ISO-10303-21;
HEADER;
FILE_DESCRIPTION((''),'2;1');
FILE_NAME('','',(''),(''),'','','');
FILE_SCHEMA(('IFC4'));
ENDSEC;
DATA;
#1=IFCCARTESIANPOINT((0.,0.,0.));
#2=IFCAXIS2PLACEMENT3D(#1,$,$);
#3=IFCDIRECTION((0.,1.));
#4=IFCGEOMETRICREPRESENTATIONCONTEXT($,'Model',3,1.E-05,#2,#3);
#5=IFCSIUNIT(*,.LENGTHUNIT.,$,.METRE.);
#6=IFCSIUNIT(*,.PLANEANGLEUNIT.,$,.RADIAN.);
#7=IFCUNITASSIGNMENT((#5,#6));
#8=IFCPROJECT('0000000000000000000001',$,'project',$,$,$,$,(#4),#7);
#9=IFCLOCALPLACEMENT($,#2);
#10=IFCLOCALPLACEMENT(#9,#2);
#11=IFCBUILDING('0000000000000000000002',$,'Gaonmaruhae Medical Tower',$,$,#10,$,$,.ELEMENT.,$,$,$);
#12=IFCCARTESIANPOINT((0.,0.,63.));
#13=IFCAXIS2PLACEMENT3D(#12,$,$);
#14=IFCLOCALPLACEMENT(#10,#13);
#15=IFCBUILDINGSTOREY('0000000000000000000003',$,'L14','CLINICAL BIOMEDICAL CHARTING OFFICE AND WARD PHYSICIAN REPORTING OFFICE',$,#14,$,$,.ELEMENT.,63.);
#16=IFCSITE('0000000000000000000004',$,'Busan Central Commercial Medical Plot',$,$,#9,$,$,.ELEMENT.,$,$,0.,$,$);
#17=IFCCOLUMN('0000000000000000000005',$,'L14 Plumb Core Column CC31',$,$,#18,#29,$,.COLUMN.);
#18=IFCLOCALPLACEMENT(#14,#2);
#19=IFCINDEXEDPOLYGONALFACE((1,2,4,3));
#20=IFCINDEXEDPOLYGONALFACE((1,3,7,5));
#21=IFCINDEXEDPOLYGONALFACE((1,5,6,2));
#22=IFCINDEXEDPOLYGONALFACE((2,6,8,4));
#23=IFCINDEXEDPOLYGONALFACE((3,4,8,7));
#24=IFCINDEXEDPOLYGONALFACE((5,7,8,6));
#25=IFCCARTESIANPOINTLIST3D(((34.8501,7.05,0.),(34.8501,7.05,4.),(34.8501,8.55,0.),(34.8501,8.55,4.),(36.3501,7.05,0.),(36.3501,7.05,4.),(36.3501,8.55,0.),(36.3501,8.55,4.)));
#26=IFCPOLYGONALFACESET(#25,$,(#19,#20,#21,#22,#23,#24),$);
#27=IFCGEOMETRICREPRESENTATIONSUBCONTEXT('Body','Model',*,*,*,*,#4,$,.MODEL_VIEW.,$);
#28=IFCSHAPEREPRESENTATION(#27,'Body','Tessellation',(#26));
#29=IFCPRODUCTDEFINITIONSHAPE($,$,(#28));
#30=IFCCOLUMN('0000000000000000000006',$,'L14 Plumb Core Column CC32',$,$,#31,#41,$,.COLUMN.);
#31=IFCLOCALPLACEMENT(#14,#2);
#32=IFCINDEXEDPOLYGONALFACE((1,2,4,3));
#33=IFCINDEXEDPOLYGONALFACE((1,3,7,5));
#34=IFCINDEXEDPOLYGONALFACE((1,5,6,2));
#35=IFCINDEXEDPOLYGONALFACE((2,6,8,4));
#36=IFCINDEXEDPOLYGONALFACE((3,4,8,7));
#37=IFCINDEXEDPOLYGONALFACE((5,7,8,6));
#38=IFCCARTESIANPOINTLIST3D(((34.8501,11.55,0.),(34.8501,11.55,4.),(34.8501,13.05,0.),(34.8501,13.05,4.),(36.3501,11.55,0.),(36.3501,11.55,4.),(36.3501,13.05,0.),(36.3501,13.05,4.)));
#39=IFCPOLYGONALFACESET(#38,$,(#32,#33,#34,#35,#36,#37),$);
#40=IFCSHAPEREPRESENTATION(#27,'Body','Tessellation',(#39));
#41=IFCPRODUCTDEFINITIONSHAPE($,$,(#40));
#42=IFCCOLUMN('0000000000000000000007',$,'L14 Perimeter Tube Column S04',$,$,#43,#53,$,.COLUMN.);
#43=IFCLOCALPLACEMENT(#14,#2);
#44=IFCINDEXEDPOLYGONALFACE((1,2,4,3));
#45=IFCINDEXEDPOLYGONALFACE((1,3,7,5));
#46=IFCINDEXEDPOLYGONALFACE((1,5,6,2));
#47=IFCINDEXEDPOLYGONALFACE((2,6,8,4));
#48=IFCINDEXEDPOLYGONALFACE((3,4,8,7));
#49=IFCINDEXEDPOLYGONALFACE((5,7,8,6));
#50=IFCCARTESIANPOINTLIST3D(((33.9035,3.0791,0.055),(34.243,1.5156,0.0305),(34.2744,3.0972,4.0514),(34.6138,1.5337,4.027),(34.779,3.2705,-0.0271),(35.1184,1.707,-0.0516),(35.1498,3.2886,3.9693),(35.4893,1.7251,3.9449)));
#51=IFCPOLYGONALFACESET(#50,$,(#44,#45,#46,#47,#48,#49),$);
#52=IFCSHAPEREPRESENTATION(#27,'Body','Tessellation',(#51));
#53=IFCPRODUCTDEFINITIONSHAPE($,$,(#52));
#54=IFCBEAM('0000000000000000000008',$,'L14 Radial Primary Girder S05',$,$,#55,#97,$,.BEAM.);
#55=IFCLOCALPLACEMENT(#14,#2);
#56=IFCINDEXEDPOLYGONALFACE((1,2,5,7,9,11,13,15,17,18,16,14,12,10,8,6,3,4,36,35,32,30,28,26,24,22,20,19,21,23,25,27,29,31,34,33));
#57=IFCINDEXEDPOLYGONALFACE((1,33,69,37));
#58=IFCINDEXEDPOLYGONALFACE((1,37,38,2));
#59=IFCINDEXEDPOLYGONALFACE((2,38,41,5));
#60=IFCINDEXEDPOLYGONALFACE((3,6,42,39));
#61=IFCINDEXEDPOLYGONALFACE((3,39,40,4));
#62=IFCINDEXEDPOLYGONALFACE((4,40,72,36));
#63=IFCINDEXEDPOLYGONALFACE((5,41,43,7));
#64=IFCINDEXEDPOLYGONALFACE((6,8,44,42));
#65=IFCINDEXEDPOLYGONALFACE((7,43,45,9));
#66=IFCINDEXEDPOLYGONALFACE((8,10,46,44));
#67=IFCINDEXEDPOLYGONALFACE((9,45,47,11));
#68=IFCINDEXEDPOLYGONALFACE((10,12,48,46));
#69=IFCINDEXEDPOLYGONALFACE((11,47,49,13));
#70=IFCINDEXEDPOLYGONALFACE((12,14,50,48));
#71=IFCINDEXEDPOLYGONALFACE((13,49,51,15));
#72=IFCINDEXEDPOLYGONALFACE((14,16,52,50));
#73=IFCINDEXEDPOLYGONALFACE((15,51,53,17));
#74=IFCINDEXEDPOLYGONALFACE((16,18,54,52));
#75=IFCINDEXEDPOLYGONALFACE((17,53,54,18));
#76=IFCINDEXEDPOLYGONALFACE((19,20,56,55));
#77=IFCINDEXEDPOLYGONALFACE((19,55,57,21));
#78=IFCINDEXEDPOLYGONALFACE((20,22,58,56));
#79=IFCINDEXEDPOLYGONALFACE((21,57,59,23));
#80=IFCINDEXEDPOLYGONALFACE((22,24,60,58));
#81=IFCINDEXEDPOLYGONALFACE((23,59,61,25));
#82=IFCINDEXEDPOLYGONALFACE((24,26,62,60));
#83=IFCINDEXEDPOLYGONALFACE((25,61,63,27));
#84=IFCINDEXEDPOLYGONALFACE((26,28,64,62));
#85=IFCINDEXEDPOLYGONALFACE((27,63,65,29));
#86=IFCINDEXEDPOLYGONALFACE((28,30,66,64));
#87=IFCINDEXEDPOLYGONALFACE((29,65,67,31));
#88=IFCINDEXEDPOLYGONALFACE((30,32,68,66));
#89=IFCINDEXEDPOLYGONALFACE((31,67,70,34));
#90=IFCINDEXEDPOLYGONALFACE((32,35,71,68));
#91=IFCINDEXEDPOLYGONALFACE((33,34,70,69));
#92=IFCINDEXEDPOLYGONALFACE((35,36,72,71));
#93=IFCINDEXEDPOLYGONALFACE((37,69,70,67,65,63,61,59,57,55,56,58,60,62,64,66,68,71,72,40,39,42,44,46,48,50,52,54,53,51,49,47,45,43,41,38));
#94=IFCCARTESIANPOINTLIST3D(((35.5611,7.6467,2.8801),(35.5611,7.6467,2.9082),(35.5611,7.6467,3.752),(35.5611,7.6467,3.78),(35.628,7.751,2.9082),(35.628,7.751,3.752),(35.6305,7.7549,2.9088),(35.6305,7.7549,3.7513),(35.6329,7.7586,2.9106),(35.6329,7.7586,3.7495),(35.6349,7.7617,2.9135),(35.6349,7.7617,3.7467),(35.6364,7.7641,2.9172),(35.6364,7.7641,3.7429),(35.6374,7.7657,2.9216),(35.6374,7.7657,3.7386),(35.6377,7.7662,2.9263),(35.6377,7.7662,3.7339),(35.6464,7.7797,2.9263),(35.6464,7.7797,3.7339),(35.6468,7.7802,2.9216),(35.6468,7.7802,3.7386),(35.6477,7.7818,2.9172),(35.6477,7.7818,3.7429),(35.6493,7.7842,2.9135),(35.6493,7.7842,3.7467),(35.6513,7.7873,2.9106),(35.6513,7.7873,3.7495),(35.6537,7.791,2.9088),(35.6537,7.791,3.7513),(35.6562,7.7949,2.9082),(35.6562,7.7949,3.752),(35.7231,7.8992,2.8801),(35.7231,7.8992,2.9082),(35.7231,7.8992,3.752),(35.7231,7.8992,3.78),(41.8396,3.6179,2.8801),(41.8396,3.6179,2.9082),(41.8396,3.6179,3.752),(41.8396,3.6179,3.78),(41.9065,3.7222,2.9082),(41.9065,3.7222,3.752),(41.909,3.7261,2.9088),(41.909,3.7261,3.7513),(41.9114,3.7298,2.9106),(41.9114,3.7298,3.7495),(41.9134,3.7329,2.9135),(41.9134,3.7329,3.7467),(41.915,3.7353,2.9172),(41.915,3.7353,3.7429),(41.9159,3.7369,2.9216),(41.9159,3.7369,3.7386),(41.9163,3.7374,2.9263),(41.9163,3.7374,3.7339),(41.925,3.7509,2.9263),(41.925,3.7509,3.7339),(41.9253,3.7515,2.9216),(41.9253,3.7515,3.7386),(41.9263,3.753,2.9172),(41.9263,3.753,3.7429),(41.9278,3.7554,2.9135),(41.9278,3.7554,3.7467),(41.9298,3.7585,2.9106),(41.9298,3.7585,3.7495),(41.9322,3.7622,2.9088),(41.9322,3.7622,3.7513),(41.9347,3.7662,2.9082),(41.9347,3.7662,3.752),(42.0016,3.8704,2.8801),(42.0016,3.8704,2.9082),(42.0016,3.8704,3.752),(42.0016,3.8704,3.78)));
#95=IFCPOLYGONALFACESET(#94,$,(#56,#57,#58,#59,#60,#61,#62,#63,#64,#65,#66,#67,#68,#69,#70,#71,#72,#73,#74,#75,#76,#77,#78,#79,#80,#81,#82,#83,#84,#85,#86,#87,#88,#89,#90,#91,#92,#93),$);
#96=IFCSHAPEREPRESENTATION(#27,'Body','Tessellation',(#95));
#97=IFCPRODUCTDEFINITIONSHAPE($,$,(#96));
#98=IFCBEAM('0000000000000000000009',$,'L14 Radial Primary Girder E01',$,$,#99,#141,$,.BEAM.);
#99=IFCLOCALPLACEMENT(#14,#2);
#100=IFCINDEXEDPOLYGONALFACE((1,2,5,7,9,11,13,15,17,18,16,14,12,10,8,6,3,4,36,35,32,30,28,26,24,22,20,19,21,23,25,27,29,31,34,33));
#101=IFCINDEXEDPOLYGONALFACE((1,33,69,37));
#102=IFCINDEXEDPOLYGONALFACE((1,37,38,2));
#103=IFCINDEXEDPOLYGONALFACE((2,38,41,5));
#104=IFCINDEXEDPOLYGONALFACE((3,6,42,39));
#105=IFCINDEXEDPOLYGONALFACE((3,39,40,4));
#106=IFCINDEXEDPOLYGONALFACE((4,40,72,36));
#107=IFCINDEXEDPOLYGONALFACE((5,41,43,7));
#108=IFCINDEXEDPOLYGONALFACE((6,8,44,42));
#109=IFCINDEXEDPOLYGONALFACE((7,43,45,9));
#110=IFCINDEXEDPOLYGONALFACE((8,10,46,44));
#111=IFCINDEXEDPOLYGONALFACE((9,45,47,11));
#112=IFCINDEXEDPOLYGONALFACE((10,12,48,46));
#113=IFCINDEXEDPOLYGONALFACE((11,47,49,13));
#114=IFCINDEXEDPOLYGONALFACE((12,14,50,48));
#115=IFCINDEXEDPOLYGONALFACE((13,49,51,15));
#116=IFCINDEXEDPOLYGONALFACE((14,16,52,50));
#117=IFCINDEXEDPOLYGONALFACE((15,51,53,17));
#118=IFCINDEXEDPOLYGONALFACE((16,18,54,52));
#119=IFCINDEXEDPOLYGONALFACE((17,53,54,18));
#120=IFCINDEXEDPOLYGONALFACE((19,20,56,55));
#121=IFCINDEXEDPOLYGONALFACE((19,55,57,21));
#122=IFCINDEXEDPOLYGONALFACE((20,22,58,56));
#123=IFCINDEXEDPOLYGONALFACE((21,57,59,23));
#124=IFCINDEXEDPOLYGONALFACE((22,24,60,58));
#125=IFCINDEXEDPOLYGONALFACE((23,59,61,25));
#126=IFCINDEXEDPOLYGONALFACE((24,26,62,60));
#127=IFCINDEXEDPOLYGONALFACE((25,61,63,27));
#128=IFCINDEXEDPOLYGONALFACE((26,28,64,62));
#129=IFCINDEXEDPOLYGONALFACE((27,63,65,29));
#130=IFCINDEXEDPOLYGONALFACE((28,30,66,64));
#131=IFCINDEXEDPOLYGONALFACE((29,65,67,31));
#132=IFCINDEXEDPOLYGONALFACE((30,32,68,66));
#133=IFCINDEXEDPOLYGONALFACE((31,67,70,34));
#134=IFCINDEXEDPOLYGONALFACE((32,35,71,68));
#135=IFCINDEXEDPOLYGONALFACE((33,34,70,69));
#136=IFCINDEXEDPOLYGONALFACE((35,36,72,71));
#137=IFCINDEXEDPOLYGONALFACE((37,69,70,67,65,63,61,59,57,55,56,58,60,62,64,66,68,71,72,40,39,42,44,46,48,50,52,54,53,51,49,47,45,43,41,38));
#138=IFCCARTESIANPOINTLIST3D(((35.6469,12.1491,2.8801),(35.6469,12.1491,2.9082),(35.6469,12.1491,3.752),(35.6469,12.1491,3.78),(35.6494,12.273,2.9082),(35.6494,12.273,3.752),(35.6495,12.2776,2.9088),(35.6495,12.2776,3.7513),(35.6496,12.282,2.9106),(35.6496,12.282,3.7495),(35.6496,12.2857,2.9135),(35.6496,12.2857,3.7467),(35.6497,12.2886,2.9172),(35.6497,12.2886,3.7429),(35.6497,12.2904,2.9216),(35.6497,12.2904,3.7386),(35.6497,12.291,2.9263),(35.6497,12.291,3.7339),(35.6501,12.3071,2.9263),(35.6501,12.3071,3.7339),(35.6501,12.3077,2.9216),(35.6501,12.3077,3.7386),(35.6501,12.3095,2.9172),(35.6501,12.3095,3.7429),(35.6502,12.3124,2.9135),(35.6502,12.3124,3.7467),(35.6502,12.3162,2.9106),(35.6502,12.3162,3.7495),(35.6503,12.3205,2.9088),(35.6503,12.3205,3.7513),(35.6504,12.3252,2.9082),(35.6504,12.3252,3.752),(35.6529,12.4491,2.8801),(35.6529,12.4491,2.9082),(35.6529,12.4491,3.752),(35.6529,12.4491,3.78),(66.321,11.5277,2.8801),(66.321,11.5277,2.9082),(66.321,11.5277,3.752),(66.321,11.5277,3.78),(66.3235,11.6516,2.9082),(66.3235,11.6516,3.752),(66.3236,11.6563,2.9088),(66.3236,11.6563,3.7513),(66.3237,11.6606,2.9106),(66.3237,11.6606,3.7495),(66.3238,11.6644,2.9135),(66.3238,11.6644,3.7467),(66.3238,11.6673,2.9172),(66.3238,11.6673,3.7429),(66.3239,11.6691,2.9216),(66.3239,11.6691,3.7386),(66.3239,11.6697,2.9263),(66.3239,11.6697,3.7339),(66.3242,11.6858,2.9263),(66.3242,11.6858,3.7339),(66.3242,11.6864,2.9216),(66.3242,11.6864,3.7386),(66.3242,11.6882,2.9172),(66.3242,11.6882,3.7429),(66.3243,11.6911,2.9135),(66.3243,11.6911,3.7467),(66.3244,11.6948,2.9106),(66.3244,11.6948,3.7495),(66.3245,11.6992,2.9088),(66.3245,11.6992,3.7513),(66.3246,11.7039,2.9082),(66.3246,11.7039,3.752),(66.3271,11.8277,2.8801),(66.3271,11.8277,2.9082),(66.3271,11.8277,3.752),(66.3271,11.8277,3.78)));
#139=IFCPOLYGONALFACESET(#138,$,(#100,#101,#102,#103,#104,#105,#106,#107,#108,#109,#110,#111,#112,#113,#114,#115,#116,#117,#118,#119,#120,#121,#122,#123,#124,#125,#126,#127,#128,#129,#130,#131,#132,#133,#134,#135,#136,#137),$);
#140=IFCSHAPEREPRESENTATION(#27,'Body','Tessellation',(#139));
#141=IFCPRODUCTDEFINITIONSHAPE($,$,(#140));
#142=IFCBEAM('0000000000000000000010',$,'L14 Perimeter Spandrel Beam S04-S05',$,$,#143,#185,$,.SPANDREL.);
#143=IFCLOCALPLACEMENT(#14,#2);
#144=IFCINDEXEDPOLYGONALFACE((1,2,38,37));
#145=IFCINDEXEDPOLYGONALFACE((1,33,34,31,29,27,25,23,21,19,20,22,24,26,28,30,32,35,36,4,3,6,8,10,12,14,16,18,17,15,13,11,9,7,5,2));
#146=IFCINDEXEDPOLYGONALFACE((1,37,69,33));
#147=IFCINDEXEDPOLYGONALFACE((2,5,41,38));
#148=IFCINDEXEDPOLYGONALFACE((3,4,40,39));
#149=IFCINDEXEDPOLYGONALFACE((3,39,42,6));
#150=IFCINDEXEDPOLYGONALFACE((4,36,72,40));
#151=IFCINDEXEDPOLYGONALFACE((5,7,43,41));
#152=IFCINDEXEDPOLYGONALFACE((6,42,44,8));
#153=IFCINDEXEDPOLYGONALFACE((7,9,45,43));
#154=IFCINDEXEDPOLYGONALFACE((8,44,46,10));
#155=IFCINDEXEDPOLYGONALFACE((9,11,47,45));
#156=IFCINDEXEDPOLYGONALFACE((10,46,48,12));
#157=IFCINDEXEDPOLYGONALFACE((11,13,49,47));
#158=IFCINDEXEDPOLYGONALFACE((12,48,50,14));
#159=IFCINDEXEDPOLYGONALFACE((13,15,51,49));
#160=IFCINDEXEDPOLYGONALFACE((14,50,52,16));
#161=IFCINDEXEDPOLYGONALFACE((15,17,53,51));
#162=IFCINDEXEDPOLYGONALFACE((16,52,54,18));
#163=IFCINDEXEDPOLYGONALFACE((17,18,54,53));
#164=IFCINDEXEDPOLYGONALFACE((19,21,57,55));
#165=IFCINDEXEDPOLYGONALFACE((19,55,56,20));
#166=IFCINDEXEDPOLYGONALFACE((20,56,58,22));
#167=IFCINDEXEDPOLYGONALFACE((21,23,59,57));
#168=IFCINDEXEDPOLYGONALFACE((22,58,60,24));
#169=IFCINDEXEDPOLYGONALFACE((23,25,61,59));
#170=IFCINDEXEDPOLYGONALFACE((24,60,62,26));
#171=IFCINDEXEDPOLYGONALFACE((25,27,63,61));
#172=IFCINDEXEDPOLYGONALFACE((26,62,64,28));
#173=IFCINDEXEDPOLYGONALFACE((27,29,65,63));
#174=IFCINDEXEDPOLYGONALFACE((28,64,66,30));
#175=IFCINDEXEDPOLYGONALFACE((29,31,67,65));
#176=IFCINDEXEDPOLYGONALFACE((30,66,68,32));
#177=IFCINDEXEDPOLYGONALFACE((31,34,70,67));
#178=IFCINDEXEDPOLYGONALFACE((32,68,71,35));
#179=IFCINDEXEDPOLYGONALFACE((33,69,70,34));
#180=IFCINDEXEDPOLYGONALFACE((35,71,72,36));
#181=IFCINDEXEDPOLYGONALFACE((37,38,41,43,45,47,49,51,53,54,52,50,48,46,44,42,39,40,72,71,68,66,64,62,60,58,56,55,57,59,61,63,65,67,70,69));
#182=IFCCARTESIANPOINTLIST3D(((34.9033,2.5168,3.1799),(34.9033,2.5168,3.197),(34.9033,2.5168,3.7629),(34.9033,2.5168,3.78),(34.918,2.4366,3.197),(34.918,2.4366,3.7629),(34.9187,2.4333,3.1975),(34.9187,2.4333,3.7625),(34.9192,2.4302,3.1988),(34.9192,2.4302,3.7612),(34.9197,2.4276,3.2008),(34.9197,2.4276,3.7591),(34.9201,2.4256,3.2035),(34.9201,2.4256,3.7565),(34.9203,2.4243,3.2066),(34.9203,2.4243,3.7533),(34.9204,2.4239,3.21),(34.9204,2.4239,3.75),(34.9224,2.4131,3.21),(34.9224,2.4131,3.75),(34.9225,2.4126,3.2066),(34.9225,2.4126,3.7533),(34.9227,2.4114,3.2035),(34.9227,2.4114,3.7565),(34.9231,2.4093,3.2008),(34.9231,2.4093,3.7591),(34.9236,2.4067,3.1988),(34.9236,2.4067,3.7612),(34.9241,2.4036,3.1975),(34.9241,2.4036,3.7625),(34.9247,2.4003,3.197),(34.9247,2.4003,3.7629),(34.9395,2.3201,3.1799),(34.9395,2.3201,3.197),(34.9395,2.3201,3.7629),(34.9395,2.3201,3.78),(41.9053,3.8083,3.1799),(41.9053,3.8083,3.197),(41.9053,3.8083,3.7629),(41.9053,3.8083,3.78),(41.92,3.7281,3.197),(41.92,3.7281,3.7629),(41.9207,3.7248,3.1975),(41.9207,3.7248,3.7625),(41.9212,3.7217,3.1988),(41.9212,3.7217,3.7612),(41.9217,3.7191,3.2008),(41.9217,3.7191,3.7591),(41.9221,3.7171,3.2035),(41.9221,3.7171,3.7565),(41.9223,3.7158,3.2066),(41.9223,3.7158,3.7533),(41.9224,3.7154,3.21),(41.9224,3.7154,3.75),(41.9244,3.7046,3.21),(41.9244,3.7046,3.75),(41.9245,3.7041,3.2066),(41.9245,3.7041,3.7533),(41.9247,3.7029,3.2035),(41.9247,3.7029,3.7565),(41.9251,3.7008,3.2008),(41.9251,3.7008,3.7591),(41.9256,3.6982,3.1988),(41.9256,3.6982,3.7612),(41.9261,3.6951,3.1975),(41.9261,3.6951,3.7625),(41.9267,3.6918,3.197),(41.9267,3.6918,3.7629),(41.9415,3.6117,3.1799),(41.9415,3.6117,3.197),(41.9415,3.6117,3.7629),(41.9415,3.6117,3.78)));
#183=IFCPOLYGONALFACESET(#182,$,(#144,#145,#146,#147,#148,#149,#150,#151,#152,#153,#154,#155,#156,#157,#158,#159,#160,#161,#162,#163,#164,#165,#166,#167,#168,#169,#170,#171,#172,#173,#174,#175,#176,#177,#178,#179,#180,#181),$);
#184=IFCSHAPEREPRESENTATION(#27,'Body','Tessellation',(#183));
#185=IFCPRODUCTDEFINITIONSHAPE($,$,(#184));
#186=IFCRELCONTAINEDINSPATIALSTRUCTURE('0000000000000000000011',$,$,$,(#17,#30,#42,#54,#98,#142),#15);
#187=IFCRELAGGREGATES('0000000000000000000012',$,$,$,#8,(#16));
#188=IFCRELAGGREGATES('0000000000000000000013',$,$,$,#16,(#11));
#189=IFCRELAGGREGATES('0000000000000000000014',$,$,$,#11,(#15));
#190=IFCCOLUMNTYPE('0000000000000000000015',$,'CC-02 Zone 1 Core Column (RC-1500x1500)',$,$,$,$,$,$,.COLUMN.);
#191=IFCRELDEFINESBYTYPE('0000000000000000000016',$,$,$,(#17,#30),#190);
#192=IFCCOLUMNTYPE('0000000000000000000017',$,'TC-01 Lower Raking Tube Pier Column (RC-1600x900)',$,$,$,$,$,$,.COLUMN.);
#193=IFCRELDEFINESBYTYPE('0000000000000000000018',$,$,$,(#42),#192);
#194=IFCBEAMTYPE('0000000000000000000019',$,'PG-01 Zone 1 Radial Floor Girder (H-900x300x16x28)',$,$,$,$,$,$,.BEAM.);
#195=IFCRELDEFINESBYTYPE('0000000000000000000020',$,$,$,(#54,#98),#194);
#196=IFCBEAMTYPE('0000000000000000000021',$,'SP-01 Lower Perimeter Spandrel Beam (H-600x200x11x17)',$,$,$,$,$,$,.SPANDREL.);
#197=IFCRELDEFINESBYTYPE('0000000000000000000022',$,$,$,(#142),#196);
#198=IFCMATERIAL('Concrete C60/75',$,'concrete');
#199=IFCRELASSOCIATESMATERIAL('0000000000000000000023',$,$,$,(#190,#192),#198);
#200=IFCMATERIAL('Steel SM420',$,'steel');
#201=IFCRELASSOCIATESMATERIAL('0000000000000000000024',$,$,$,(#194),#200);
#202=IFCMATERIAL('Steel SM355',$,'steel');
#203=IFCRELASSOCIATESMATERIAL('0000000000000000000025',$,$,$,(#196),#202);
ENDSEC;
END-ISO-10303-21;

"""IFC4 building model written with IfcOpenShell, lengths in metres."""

from ifc_helpers import new_model, si_unit, direction, frame, origin, origin_2d, place, context, subcontext, project, spatial, rectangle, i_section, extrude, material, material_profile, profile_set, type_object, element, save


model = new_model("IFC4")

# Units and contexts
model_context = context("Model", 3, precision=1e-05, world=origin(), true_north=direction((0.0, 1.0)))
body_context = subcontext(model_context, "Body", "Model", "MODEL_VIEW")
ifc_project = project(units=[si_unit("LENGTHUNIT", "METRE"), si_unit("PLANEANGLEUNIT", "RADIAN")], contexts=[model_context])

# Site, building, storey
site_placement = place(None, origin())
site = spatial("IfcSite", under=ifc_project, at=site_placement, Name="Busan Central Commercial Medical Plot", CompositionType="ELEMENT", RefElevation=0.0)
building_placement = place(site_placement, origin())
building = spatial("IfcBuilding", under=site, at=building_placement, Name="Gaonmaruhae Medical Tower", CompositionType="ELEMENT")
storey_placement = place(building_placement, frame((0.0, 0.0, 63.0)))
storey = spatial("IfcBuildingStorey", under=building, at=storey_placement, Name="L14", Description="CLINICAL BIOMEDICAL CHARTING OFFICE AND WARD PHYSICIAN REPORTING OFFICE", CompositionType="ELEMENT", Elevation=63.0)

# Columns
ifc_material_1 = material(Name="Concrete C60/75", Category="concrete")
ifc_material_profile_1 = material_profile(ifc_material_1, rectangle(XDim=1.5, YDim=1.5, at=origin_2d()), Name="RC-1500x1500")
ifc_profile_set_1 = profile_set([ifc_material_profile_1], Name="Concrete C60/75")
column_type_1 = type_object("IfcColumnType", Name="CC-02 Zone 1 Core Column (RC-1500x1500)", PredefinedType="COLUMN", material=ifc_profile_set_1)
for number, where, z_axis, x_axis, name in (
    (1, (35.6001, 7.8, 0.0), (0.0, 0.0, 1.0), (1.0, 0.0, 0.0), "L14 Plumb Core Column CC31"),
    (2, (35.6001, 12.3, 0.0), (0.0, 0.0, 1.0), (1.0, 0.0, 0.0), "L14 Plumb Core Column CC32"),
):
    element("IfcColumn", number, at=place(storey_placement, frame(where, z_axis=z_axis, x_axis=x_axis)), inside=storey, type_object=column_type_1, Name=name, PredefinedType="COLUMN", context=body_context, shape_type="SweptSolid", body=[
        extrude(rectangle(XDim=1.5, YDim=1.5, at=origin_2d()), origin(), (0.0, 0.0, 1.0), 4.0),
    ])
ifc_material_profile_2 = material_profile(ifc_material_1, rectangle(XDim=1.6001, YDim=0.8999, at=origin_2d()), Name="RC-1600x900")
ifc_profile_set_2 = profile_set([ifc_material_profile_2], Name="Concrete C60/75")
column_type_2 = type_object("IfcColumnType", Name="TC-01 Lower Raking Tube Pier Column (RC-1600x900)", PredefinedType="COLUMN", material=ifc_profile_set_2)
column_placement = place(storey_placement, frame((34.511, 2.3931, 0.0017), z_axis=(0.092394, 0.004501, 0.995712), x_axis=(-0.212137, 0.977121, 0.015267)))
element("IfcColumn", 3, at=column_placement, inside=storey, type_object=column_type_2, Name="L14 Perimeter Tube Column S04", PredefinedType="COLUMN", context=body_context, shape_type="SweptSolid", body=[
    extrude(rectangle(XDim=1.6001, YDim=0.8999, at=origin_2d()), origin(), (0.0, 0.0, 1.0), 4.0137),
])

# Beams
ifc_material_2 = material(Name="Steel SM420", Category="steel")
ifc_material_profile_3 = material_profile(ifc_material_2, i_section(OverallWidth=0.3, OverallDepth=0.8999, WebThickness=0.0161, FlangeThickness=0.0281, FilletRadius=0.0181, at=origin_2d()), Name="H-900x300x16x28")
ifc_profile_set_3 = profile_set([ifc_material_profile_3], Name="Steel SM420")
beam_type_1 = type_object("IfcBeamType", Name="PG-01 Zone 1 Radial Floor Girder (H-900x300x16x28)", PredefinedType="BEAM", material=ifc_profile_set_3)
beam_1_placement = place(storey_placement, frame((35.6421, 7.7729, 3.3301), z_axis=(0.84163, -0.540054, 0.0), x_axis=(0.540054, 0.84163, 0.0)))
element("IfcBeam", 4, at=beam_1_placement, inside=storey, type_object=beam_type_1, Name="L14 Radial Primary Girder S05", PredefinedType="BEAM", context=body_context, shape_type="SweptSolid", body=[
    extrude(i_section(OverallWidth=0.3, OverallDepth=0.8999, WebThickness=0.0161, FlangeThickness=0.0281, FilletRadius=0.0181, at=origin_2d()), origin(), (0.0, 0.0, 1.0), 7.46),
])
beam_2_placement = place(storey_placement, frame((35.6499, 12.2991, 3.3301), z_axis=(0.999795, -0.020252, 0.0), x_axis=(0.020252, 0.999795, 0.0)))
element("IfcBeam", 5, at=beam_2_placement, inside=storey, type_object=beam_type_1, Name="L14 Radial Primary Girder E01", PredefinedType="BEAM", context=body_context, shape_type="SweptSolid", body=[
    extrude(i_section(OverallWidth=0.3, OverallDepth=0.8999, WebThickness=0.0161, FlangeThickness=0.0281, FilletRadius=0.0181, at=origin_2d()), origin(), (0.0, 0.0, 1.0), 30.6804),
])
ifc_material_3 = material(Name="Steel SM355", Category="steel")
ifc_material_profile_4 = material_profile(ifc_material_3, i_section(OverallWidth=0.2, OverallDepth=0.6001, WebThickness=0.011, FlangeThickness=0.0171, FilletRadius=0.0129, at=origin_2d()), Name="H-600x200x11x17")
ifc_profile_set_4 = profile_set([ifc_material_profile_4], Name="Steel SM355")
beam_type_2 = type_object("IfcBeamType", Name="SP-01 Lower Perimeter Spandrel Beam (H-600x200x11x17)", PredefinedType="SPANDREL", material=ifc_profile_set_4)
beam_3_placement = place(storey_placement, frame((34.9214, 2.4185, 3.48), z_axis=(0.983411, 0.181389, 0.0), x_axis=(-0.181389, 0.983411, 0.0)))
element("IfcBeam", 6, at=beam_3_placement, inside=storey, type_object=beam_type_2, Name="L14 Perimeter Spandrel Beam S04-S05", PredefinedType="SPANDREL", context=body_context, shape_type="SweptSolid", body=[
    extrude(i_section(OverallWidth=0.2, OverallDepth=0.6001, WebThickness=0.011, FlangeThickness=0.0171, FilletRadius=0.0129, at=origin_2d()), origin(), (0.0, 0.0, 1.0), 7.1201),
])

save(model, "model.ifc")
